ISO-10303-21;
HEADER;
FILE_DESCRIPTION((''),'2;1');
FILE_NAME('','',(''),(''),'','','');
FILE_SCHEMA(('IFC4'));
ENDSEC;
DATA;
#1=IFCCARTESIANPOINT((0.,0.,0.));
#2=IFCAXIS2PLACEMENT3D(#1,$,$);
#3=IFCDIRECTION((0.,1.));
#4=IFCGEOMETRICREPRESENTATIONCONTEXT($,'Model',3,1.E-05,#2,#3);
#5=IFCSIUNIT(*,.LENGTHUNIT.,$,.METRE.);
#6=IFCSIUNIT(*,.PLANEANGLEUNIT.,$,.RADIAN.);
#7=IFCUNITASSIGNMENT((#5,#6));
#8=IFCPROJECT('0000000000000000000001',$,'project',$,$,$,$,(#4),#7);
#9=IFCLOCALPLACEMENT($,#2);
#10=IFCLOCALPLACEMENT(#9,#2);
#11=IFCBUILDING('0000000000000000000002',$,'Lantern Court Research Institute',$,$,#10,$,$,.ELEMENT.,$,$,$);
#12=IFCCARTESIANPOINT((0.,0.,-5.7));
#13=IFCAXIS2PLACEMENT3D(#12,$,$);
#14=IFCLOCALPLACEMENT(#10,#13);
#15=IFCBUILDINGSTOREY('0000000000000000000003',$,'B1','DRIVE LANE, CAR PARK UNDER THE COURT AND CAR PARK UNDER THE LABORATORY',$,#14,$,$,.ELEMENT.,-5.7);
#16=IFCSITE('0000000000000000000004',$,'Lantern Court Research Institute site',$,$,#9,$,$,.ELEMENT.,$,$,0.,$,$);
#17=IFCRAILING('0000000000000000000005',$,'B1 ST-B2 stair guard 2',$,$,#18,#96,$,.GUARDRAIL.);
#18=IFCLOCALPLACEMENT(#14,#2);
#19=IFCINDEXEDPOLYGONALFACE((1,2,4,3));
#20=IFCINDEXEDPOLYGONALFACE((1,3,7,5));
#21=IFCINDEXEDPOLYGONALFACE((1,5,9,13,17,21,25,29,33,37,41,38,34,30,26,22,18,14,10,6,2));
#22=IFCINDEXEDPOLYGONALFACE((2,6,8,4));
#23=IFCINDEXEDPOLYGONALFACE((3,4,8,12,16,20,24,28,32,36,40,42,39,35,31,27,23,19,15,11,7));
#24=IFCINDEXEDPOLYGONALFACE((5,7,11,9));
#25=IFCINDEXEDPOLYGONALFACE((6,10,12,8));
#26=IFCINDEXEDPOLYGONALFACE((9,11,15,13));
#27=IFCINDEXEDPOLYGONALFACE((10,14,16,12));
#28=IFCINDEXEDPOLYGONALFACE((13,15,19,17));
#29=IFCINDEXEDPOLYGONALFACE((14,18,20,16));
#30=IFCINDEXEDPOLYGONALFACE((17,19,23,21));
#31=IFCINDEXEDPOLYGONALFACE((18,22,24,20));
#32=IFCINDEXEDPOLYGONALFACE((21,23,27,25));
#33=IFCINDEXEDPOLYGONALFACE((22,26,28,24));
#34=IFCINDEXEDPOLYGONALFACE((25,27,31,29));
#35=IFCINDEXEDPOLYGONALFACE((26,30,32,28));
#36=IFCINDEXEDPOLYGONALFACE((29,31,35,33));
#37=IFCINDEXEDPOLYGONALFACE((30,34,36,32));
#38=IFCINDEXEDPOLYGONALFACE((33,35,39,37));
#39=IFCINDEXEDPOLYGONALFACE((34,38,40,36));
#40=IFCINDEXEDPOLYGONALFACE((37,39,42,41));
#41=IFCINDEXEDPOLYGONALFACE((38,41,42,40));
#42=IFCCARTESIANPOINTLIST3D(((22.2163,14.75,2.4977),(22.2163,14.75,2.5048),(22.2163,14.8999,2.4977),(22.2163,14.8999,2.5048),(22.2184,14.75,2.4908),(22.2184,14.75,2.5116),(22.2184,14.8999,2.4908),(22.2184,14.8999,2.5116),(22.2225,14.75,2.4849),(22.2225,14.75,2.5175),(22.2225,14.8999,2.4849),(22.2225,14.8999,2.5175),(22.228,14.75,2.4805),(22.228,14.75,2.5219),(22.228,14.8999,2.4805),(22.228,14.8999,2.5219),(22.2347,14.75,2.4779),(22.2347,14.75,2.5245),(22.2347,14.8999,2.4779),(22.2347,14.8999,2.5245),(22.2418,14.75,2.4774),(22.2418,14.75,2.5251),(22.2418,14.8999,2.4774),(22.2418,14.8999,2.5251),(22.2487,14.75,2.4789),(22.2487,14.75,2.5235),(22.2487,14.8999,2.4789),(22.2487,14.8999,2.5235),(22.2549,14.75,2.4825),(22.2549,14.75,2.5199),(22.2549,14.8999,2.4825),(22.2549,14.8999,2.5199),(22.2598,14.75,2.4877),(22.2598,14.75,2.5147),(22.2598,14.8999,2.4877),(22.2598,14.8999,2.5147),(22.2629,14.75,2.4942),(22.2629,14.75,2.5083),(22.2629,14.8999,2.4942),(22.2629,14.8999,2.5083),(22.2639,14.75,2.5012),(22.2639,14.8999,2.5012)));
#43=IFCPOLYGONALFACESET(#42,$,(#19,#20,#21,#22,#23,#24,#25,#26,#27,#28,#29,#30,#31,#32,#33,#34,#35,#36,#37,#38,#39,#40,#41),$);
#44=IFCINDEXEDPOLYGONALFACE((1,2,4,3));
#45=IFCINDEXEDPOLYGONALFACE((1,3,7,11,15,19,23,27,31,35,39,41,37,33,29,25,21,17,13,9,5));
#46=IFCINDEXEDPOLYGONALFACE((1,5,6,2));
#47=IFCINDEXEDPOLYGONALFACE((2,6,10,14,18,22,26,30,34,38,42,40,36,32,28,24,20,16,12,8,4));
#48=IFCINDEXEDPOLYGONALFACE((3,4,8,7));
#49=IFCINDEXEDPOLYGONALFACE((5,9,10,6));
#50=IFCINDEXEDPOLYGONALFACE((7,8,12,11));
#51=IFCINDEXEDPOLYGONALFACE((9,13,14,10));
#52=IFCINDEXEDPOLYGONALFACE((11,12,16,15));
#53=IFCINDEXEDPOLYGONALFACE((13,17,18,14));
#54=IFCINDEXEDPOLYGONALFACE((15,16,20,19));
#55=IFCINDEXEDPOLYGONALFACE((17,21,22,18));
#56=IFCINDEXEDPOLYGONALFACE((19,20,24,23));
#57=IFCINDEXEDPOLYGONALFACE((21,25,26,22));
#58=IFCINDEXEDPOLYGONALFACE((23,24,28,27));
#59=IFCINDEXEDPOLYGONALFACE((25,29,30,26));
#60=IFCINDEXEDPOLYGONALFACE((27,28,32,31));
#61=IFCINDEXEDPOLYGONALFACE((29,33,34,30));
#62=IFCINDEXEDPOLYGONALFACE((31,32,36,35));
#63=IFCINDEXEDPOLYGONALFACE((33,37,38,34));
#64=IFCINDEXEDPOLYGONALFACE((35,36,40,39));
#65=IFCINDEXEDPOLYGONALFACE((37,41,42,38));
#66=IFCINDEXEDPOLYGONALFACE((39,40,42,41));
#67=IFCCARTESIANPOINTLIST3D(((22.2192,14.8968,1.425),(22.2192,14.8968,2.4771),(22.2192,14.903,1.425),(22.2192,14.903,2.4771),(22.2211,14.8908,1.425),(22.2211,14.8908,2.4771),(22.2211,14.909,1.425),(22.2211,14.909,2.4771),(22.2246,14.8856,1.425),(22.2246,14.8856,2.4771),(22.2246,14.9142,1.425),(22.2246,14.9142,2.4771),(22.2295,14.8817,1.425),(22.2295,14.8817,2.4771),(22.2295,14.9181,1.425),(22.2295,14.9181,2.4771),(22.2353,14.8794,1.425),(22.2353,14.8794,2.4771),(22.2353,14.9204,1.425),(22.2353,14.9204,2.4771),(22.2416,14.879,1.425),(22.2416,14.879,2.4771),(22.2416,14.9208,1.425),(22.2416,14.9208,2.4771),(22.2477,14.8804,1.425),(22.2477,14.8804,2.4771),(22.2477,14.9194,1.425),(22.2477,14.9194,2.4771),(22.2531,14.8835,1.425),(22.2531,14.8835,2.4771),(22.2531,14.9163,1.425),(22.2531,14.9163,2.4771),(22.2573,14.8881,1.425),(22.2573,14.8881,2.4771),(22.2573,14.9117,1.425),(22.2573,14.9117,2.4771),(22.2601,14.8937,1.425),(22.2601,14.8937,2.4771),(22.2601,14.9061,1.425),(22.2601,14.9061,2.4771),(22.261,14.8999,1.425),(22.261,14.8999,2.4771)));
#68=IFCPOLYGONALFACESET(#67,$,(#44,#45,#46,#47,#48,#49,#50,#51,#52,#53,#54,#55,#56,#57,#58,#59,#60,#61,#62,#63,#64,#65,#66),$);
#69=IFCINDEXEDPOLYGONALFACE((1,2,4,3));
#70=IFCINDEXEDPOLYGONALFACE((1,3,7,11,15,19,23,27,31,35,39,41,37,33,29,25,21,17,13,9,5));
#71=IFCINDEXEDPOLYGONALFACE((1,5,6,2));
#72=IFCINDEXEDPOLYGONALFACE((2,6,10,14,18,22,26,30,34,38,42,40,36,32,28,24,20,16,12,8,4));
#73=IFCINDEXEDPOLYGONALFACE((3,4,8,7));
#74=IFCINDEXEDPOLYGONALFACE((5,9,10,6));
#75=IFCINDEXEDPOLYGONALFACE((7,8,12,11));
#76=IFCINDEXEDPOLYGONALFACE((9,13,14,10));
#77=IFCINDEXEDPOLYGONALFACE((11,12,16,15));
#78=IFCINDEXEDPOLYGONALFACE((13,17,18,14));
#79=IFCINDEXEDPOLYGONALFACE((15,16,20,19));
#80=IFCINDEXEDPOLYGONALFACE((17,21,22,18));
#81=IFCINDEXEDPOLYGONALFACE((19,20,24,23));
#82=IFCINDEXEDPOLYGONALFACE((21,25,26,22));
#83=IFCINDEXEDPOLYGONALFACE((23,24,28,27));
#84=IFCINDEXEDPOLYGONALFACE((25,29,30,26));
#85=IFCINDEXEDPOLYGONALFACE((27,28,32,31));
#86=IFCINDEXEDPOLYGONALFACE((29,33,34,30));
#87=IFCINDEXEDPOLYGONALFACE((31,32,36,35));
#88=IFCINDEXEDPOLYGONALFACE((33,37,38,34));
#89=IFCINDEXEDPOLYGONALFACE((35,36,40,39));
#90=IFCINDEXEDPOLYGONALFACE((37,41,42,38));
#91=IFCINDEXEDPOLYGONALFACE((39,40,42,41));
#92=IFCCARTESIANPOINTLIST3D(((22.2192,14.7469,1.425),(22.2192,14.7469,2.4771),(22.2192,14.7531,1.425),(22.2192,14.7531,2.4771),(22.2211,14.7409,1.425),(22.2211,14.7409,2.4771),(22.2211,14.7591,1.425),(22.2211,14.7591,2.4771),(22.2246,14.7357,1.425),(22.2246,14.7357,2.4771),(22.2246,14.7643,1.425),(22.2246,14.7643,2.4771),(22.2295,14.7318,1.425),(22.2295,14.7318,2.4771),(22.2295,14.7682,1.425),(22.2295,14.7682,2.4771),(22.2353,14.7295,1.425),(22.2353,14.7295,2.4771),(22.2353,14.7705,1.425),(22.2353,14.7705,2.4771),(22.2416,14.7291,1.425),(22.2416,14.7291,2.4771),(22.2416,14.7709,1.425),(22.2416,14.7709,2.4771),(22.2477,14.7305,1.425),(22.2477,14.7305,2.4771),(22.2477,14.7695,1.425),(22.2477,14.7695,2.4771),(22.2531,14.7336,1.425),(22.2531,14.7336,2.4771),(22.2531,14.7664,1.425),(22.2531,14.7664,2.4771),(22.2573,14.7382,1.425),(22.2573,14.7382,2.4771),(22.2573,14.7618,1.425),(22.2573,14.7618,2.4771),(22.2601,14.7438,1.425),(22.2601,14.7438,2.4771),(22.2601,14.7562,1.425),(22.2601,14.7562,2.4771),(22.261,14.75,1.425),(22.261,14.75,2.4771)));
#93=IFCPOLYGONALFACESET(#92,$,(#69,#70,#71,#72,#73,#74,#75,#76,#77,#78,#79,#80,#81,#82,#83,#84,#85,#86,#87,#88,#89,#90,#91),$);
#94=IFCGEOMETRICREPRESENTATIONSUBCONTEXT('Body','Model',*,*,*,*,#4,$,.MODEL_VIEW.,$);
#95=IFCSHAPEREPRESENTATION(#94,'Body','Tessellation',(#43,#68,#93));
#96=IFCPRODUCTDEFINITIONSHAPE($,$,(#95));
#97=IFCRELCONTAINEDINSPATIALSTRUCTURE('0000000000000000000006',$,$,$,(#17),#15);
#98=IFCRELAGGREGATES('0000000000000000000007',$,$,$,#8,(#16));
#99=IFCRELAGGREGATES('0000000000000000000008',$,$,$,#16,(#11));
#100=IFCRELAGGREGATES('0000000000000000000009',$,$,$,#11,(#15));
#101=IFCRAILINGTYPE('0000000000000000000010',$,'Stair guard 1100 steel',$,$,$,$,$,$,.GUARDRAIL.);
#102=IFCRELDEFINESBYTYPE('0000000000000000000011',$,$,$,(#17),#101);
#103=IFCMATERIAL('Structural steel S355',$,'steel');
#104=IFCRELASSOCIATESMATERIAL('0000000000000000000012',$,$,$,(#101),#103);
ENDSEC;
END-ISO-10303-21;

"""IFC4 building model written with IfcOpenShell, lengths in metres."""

from ifc_helpers import new_model, si_unit, direction, frame, origin, origin_2d, place, context, subcontext, project, spatial, circle, extrude, material, type_object, element, save


model = new_model("IFC4")

# Units and contexts
model_context = context("Model", 3, precision=1e-05, world=origin(), true_north=direction((0.0, 1.0)))
body_context = subcontext(model_context, "Body", "Model", "MODEL_VIEW")
ifc_project = project(units=[si_unit("LENGTHUNIT", "METRE"), si_unit("PLANEANGLEUNIT", "RADIAN")], contexts=[model_context])

# Site, building, storey
site_placement = place(None, origin())
site = spatial("IfcSite", under=ifc_project, at=site_placement, Name="Lantern Court Research Institute site", CompositionType="ELEMENT", RefElevation=0.0)
building_placement = place(site_placement, origin())
building = spatial("IfcBuilding", under=site, at=building_placement, Name="Lantern Court Research Institute", CompositionType="ELEMENT")
storey_placement = place(building_placement, frame((0.0, 0.0, -5.7)))
storey = spatial("IfcBuildingStorey", under=building, at=storey_placement, Name="B1", Description="DRIVE LANE, CAR PARK UNDER THE COURT AND CAR PARK UNDER THE LABORATORY", CompositionType="ELEMENT", Elevation=-5.7)

# Railing
ifc_material_1 = material(Name="Structural steel S355", Category="steel")
railing_type_1 = type_object("IfcRailingType", Name="Stair guard 1100 steel", PredefinedType="GUARDRAIL", material=ifc_material_1)
railing_1_placement = place(storey_placement, frame((22.24, 14.8999, 1.425)))
element("IfcRailing", 1, at=railing_1_placement, inside=storey, type_object=railing_type_1, Name="B1 ST-B2 stair guard 2", PredefinedType="GUARDRAIL", context=body_context, shape_type="SweptSolid", body=[
    extrude(circle(Radius=0.0239, at=origin_2d()), frame((0.0, 0.0, 1.0762), z_axis=(0.0, -1.0, 0.0), x_axis=(1.0, 0.0, 0.0)), (0.0, 0.0, 1.0), 0.1499),
    extrude(circle(Radius=0.021, at=origin_2d()), origin(), (0.0, 0.0, 1.0), 1.052),
    extrude(circle(Radius=0.021, at=origin_2d()), frame((0.0, -0.1499, 0.0)), (0.0, 0.0, 1.0), 1.052),
])

save(model, "model.ifc")
